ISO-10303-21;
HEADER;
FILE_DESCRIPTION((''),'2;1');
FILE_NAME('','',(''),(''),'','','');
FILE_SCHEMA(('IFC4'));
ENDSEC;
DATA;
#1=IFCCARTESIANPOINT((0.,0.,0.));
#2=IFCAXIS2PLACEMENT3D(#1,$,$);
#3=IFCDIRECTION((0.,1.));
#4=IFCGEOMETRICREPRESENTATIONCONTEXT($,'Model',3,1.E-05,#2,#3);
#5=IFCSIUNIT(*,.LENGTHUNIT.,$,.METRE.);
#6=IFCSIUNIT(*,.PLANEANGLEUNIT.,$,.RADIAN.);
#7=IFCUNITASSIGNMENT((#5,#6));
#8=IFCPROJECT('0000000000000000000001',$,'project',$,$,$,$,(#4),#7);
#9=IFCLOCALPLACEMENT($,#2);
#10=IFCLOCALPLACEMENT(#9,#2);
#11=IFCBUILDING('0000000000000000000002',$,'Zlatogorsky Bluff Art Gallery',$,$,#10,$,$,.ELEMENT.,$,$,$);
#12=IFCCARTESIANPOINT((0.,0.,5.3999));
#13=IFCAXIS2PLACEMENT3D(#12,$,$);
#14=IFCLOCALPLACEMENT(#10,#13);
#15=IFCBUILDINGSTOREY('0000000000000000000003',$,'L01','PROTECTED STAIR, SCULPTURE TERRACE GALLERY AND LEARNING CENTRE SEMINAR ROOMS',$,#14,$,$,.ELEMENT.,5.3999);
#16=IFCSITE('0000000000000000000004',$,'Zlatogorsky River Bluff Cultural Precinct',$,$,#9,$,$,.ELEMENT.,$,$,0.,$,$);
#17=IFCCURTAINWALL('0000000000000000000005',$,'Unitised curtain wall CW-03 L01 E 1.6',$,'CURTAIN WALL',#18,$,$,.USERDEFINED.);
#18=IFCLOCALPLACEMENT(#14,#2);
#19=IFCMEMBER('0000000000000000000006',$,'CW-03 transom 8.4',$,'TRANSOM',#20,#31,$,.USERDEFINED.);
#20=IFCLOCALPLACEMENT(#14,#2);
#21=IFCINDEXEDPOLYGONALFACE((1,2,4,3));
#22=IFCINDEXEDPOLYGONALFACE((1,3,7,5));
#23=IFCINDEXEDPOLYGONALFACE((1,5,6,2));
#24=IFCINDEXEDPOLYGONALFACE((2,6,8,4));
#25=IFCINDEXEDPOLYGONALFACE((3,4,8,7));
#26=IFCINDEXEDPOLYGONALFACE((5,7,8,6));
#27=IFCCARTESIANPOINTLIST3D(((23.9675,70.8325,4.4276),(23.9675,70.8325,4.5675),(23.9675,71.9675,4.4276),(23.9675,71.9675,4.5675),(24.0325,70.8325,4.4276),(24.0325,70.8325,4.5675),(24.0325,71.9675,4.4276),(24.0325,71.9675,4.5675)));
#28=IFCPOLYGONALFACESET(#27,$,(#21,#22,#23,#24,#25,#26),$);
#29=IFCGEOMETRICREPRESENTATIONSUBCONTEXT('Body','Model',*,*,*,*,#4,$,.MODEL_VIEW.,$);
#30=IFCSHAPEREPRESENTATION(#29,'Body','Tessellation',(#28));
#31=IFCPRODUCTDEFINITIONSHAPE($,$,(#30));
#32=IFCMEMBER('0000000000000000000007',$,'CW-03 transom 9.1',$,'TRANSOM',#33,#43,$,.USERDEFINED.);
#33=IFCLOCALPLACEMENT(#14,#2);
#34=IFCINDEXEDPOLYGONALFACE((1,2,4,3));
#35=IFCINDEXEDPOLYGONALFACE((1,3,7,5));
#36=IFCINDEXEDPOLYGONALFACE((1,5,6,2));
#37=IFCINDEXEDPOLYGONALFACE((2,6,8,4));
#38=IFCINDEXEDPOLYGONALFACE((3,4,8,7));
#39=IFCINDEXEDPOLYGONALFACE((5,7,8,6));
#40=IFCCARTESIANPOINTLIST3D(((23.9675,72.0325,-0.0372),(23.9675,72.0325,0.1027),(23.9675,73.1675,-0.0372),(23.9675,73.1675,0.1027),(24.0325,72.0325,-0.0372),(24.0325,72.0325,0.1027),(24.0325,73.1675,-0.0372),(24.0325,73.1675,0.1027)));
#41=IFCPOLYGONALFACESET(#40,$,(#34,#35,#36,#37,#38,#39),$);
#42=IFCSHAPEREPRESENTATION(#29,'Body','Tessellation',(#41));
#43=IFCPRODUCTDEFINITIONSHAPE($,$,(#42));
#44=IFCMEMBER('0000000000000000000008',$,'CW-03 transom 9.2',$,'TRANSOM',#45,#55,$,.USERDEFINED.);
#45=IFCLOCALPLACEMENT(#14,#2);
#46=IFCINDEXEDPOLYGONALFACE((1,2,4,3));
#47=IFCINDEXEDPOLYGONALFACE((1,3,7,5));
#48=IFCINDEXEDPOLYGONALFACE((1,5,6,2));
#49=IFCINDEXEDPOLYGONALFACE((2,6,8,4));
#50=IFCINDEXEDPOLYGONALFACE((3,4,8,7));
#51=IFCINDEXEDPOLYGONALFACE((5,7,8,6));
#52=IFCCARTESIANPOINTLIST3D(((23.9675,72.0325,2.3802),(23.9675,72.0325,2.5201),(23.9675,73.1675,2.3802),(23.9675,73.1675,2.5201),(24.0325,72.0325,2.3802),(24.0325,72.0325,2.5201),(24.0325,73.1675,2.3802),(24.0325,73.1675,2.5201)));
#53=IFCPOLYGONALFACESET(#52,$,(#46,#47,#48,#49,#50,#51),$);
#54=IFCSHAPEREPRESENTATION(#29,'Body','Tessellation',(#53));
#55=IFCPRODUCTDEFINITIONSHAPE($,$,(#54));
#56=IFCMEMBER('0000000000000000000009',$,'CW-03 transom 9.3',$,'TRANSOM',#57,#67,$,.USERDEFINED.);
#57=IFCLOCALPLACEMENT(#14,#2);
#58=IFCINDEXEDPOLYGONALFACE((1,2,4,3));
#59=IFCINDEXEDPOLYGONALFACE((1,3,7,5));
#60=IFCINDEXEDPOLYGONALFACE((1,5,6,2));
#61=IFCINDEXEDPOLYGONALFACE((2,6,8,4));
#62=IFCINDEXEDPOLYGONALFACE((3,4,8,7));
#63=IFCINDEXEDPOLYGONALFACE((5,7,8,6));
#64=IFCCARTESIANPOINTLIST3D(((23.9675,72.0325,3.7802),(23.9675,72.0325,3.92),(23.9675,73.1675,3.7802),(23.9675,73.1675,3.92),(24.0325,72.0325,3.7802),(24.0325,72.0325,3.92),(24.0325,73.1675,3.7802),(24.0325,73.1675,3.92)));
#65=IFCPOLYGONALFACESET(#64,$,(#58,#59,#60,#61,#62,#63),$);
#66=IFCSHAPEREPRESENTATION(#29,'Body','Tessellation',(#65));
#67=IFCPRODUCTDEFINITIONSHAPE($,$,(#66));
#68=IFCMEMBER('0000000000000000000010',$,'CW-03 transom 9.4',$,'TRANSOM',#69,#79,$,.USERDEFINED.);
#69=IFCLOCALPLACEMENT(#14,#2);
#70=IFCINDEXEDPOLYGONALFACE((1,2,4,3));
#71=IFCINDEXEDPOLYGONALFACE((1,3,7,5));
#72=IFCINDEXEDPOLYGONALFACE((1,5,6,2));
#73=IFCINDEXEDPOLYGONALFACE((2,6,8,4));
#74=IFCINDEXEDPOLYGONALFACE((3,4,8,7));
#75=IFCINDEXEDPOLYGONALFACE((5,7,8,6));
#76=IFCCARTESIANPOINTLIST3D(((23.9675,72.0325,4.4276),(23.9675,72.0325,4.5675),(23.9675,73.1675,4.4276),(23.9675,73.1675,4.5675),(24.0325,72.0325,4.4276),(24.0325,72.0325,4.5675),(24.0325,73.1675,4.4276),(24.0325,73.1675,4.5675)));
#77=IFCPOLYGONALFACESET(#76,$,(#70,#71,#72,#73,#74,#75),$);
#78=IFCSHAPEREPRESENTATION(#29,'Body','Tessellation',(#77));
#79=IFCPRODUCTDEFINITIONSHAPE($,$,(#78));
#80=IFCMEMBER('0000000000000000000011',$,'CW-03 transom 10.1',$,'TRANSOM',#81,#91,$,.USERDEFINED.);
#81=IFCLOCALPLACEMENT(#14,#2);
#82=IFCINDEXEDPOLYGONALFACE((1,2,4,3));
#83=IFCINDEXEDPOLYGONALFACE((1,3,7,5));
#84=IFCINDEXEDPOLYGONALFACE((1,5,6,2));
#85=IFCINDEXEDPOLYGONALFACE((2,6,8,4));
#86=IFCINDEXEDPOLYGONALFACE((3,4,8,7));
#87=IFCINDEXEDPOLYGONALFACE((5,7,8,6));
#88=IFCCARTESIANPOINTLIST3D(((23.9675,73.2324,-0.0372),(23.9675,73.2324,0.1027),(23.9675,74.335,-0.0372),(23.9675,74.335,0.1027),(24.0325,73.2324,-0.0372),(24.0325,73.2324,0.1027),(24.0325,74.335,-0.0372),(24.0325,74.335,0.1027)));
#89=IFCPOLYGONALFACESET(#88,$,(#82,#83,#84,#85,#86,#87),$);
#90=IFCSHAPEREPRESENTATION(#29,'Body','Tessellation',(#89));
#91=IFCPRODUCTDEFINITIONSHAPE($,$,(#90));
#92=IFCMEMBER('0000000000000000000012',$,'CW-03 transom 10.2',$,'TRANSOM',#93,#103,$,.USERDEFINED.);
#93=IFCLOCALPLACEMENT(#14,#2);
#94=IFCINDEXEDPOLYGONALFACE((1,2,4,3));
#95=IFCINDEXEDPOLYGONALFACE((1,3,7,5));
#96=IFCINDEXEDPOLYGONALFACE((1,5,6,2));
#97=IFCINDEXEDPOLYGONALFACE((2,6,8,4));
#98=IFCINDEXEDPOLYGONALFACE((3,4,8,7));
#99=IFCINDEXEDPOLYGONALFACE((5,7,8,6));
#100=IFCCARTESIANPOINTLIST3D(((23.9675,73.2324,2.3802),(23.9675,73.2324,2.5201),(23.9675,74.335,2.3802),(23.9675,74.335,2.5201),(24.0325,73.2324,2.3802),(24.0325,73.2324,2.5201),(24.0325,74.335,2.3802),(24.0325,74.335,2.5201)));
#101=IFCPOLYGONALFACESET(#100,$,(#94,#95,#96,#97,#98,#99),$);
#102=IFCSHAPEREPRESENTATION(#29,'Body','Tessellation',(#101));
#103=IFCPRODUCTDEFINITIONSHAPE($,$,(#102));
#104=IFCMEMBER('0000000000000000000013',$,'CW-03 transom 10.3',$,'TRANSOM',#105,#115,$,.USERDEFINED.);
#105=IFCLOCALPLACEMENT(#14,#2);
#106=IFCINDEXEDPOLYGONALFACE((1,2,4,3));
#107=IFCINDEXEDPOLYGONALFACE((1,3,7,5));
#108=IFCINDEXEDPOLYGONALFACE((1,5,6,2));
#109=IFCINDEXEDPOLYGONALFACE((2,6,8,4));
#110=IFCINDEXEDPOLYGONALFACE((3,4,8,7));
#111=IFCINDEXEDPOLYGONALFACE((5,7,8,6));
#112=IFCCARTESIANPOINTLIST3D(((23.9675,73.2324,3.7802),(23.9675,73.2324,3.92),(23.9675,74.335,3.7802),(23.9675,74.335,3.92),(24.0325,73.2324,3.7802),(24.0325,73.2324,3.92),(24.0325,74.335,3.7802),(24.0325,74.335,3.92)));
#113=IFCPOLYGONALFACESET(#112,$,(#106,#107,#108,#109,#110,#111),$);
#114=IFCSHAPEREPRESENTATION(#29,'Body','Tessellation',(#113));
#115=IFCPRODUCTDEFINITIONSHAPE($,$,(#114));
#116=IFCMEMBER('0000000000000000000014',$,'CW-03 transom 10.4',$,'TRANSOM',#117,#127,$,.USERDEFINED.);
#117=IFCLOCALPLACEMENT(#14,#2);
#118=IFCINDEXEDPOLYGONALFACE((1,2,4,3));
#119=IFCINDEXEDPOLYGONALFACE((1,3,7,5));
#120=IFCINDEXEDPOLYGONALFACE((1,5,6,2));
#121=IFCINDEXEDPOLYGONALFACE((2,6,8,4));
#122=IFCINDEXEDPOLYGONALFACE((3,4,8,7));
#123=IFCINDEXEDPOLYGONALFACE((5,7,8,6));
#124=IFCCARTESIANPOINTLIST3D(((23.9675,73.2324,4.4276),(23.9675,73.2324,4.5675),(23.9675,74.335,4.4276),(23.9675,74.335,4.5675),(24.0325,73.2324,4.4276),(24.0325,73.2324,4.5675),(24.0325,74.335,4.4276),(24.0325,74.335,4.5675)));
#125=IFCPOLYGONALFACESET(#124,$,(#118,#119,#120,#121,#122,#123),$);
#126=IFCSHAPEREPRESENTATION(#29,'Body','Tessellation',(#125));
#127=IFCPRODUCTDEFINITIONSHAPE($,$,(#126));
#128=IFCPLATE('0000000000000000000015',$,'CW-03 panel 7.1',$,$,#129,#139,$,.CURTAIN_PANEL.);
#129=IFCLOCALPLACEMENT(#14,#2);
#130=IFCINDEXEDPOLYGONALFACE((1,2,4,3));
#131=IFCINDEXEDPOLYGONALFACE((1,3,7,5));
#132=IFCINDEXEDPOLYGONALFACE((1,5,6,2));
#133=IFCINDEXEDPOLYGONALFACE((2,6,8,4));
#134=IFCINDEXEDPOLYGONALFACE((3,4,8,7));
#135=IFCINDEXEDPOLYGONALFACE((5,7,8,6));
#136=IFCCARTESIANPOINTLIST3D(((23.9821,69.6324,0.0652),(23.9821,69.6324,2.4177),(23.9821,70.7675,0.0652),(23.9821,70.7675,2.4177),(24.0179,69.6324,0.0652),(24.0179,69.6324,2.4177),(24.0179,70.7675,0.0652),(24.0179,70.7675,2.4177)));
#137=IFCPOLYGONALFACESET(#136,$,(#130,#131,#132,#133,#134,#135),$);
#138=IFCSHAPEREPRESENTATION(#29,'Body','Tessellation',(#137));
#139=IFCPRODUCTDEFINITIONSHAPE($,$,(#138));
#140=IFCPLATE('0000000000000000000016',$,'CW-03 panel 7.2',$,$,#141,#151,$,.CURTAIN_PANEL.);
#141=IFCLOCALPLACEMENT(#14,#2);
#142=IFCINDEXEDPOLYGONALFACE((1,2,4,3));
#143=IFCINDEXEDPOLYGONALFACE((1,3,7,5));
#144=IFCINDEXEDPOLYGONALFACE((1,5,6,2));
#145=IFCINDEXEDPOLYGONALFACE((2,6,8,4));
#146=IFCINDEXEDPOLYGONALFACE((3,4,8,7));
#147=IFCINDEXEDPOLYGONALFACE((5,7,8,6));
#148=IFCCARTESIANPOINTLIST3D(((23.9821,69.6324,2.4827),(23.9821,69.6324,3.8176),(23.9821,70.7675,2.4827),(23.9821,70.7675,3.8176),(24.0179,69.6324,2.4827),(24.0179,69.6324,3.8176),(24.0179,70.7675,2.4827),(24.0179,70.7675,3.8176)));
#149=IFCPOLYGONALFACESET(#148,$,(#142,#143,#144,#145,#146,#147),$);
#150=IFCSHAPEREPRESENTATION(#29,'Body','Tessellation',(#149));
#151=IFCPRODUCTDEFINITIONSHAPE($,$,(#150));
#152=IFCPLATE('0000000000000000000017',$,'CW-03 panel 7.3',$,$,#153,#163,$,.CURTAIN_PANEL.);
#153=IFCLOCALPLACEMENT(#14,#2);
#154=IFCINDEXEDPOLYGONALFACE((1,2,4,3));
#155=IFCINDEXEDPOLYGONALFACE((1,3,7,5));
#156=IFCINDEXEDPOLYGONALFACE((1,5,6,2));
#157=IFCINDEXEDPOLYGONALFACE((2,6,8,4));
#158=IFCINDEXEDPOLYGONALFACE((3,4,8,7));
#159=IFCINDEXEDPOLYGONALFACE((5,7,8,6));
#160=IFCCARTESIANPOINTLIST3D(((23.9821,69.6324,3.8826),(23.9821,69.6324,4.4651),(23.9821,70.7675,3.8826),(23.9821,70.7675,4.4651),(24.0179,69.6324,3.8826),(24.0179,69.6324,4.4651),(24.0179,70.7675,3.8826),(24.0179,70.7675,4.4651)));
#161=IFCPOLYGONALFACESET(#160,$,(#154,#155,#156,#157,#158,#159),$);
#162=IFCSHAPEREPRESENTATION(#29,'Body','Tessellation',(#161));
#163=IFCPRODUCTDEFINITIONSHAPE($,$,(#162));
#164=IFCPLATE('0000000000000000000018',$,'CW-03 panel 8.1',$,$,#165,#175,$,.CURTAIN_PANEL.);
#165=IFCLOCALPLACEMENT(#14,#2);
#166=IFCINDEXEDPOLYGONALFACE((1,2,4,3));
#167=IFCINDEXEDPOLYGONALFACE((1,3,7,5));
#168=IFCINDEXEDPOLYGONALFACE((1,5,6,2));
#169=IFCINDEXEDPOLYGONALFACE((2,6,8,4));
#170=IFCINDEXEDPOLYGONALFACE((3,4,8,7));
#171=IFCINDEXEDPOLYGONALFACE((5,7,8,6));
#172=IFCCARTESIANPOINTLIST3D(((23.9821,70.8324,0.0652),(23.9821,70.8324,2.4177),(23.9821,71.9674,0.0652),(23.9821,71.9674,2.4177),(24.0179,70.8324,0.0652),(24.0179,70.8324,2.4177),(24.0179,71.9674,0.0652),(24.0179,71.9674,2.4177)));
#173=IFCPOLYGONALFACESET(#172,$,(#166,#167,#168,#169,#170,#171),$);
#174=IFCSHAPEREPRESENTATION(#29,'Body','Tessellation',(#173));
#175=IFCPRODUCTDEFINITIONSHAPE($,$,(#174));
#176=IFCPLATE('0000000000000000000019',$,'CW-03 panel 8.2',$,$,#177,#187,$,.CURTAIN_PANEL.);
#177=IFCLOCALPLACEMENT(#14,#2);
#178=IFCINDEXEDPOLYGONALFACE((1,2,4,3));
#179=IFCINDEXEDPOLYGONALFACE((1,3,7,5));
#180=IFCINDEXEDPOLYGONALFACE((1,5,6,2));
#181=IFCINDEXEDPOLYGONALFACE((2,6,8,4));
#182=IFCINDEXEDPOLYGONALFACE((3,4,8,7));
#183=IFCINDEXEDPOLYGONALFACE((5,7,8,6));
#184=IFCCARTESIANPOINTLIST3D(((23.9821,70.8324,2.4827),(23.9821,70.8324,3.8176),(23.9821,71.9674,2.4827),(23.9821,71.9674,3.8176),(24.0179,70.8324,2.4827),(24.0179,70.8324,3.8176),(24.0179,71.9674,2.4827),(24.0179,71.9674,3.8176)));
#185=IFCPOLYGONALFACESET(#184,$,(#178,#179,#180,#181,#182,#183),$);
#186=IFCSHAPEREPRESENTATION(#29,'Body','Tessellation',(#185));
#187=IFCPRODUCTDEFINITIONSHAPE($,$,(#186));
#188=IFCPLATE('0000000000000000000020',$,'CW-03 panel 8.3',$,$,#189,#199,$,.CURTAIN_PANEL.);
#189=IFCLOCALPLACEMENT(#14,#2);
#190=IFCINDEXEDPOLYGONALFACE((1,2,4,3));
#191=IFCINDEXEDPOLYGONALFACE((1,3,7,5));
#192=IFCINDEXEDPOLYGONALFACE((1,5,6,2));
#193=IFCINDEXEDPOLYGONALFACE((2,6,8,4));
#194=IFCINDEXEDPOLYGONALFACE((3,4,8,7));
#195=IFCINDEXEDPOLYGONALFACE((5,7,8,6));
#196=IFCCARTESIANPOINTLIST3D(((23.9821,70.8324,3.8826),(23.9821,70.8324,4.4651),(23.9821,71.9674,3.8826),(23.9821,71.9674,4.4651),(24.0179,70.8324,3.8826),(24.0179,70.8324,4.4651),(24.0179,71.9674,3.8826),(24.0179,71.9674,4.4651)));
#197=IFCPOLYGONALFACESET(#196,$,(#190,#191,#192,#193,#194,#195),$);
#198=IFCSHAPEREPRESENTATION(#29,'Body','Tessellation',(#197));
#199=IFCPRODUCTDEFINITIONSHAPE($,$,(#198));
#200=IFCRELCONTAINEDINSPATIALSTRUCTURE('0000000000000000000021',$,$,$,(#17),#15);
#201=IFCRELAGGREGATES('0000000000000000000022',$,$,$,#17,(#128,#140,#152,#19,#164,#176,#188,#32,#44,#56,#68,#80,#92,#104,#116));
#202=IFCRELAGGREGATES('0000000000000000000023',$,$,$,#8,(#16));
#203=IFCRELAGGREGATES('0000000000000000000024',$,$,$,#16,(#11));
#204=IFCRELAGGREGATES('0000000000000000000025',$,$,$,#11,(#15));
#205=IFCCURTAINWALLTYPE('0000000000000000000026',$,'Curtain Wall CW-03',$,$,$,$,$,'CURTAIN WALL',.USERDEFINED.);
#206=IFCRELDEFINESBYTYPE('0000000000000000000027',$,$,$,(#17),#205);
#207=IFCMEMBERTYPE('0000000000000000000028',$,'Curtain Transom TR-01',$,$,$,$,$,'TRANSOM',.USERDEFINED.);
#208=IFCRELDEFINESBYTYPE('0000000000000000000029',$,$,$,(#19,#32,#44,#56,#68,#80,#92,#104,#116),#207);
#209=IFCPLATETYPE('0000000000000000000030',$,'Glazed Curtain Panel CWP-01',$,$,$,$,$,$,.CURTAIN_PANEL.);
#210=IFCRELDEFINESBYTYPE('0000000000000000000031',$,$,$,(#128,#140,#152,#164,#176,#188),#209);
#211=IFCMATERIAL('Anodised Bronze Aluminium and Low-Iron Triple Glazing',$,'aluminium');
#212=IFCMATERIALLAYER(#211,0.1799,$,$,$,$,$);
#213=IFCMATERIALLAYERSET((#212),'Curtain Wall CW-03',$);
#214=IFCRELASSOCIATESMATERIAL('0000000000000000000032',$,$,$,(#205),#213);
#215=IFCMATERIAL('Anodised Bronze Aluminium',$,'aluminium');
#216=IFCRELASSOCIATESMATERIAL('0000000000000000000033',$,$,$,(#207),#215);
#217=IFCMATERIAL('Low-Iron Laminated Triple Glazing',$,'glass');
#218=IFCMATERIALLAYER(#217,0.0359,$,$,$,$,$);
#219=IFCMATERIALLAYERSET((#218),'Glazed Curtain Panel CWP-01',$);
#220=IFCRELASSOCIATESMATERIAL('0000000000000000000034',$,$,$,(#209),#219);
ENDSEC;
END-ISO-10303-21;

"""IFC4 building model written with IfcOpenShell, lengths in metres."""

from ifc_helpers import new_model, si_unit, direction, frame, origin, origin_2d, place, context, subcontext, project, spatial, rectangle, extrude, material, layer, layer_set, material_profile, profile_set, type_object, element, aggregate, save


model = new_model("IFC4")

# Units and contexts
model_context = context("Model", 3, precision=1e-05, world=origin(), true_north=direction((0.0, 1.0)))
body_context = subcontext(model_context, "Body", "Model", "MODEL_VIEW")
ifc_project = project(units=[si_unit("LENGTHUNIT", "METRE"), si_unit("PLANEANGLEUNIT", "RADIAN")], contexts=[model_context])

# Site, building, storey
site_placement = place(None, origin())
site = spatial("IfcSite", under=ifc_project, at=site_placement, Name="Zlatogorsky River Bluff Cultural Precinct", CompositionType="ELEMENT", RefElevation=0.0)
building_placement = place(site_placement, origin())
building = spatial("IfcBuilding", under=site, at=building_placement, Name="Zlatogorsky Bluff Art Gallery", CompositionType="ELEMENT")
storey_placement = place(building_placement, frame((0.0, 0.0, 5.3999)))
storey = spatial("IfcBuildingStorey", under=building, at=storey_placement, Name="L01", Description="PROTECTED STAIR, SCULPTURE TERRACE GALLERY AND LEARNING CENTRE SEMINAR ROOMS", CompositionType="ELEMENT", Elevation=5.3999)

# Curtain wall, members, plates
ifc_material_1 = material(Name="Anodised Bronze Aluminium and Low-Iron Triple Glazing", Category="aluminium")
ifc_layer_1 = layer(ifc_material_1, 0.1799)
ifc_layer_set_1 = layer_set([ifc_layer_1], Name="Curtain Wall CW-03")
curtain_wall_type = type_object("IfcCurtainWallType", Name="Curtain Wall CW-03", ElementType="CURTAIN WALL", PredefinedType="USERDEFINED", material=ifc_layer_set_1)
curtain_wall_placement = place(storey_placement, origin())
curtain_wall = element("IfcCurtainWall", 1, at=curtain_wall_placement, inside=storey, type_object=curtain_wall_type, Name="Unitised curtain wall CW-03 L01 E 1.6", ObjectType="CURTAIN WALL", PredefinedType="USERDEFINED")
ifc_material_2 = material(Name="Anodised Bronze Aluminium", Category="aluminium")
ifc_material_profile_1 = material_profile(ifc_material_2, rectangle(XDim=0.0649, YDim=0.1399, at=origin_2d()), Name="ALU TRANSOM 65x140")
ifc_profile_set_1 = profile_set([ifc_material_profile_1], Name="Anodised Bronze Aluminium")
member_type_1 = type_object("IfcMemberType", Name="Curtain Transom TR-01", ElementType="TRANSOM", PredefinedType="USERDEFINED", material=ifc_profile_set_1)
member_1_placement = place(storey_placement, frame((24.0, 70.8325, 4.4976), z_axis=(0.0, 1.0, 0.0), x_axis=(-1.0, 0.0, 0.0)))
member_1 = element("IfcMember", 2, at=member_1_placement, type_object=member_type_1, Name="CW-03 transom 8.4", ObjectType="TRANSOM", PredefinedType="USERDEFINED", context=body_context, shape_type="SweptSolid", body=[
    extrude(rectangle(XDim=0.0649, YDim=0.1399, at=origin_2d()), origin(), (0.0, 0.0, 1.0), 1.135),
])
member_2_placement = place(storey_placement, frame((24.0, 72.0325, 0.0327), z_axis=(0.0, 1.0, 0.0), x_axis=(-1.0, 0.0, 0.0)))
member_2 = element("IfcMember", 3, at=member_2_placement, type_object=member_type_1, Name="CW-03 transom 9.1", ObjectType="TRANSOM", PredefinedType="USERDEFINED", context=body_context, shape_type="SweptSolid", body=[
    extrude(rectangle(XDim=0.0649, YDim=0.1399, at=origin_2d()), origin(), (0.0, 0.0, 1.0), 1.135),
])
member_3_placement = place(storey_placement, frame((24.0, 72.0325, 2.4502), z_axis=(0.0, 1.0, 0.0), x_axis=(-1.0, 0.0, 0.0)))
member_3 = element("IfcMember", 4, at=member_3_placement, type_object=member_type_1, Name="CW-03 transom 9.2", ObjectType="TRANSOM", PredefinedType="USERDEFINED", context=body_context, shape_type="SweptSolid", body=[
    extrude(rectangle(XDim=0.0649, YDim=0.1399, at=origin_2d()), origin(), (0.0, 0.0, 1.0), 1.135),
])
member_4_placement = place(storey_placement, frame((24.0, 72.0325, 3.8501), z_axis=(0.0, 1.0, 0.0), x_axis=(-1.0, 0.0, 0.0)))
member_4 = element("IfcMember", 5, at=member_4_placement, type_object=member_type_1, Name="CW-03 transom 9.3", ObjectType="TRANSOM", PredefinedType="USERDEFINED", context=body_context, shape_type="SweptSolid", body=[
    extrude(rectangle(XDim=0.0649, YDim=0.1399, at=origin_2d()), origin(), (0.0, 0.0, 1.0), 1.135),
])
member_5_placement = place(storey_placement, frame((24.0, 72.0325, 4.4976), z_axis=(0.0, 1.0, 0.0), x_axis=(-1.0, 0.0, 0.0)))
member_5 = element("IfcMember", 6, at=member_5_placement, type_object=member_type_1, Name="CW-03 transom 9.4", ObjectType="TRANSOM", PredefinedType="USERDEFINED", context=body_context, shape_type="SweptSolid", body=[
    extrude(rectangle(XDim=0.0649, YDim=0.1399, at=origin_2d()), origin(), (0.0, 0.0, 1.0), 1.135),
])
member_6_placement = place(storey_placement, frame((24.0, 73.2324, 0.0327), z_axis=(0.0, 1.0, 0.0), x_axis=(-1.0, 0.0, 0.0)))
member_6 = element("IfcMember", 7, at=member_6_placement, type_object=member_type_1, Name="CW-03 transom 10.1", ObjectType="TRANSOM", PredefinedType="USERDEFINED", context=body_context, shape_type="SweptSolid", body=[
    extrude(rectangle(XDim=0.0649, YDim=0.1399, at=origin_2d()), origin(), (0.0, 0.0, 1.0), 1.1025),
])
member_7_placement = place(storey_placement, frame((24.0, 73.2324, 2.4502), z_axis=(0.0, 1.0, 0.0), x_axis=(-1.0, 0.0, 0.0)))
member_7 = element("IfcMember", 8, at=member_7_placement, type_object=member_type_1, Name="CW-03 transom 10.2", ObjectType="TRANSOM", PredefinedType="USERDEFINED", context=body_context, shape_type="SweptSolid", body=[
    extrude(rectangle(XDim=0.0649, YDim=0.1399, at=origin_2d()), origin(), (0.0, 0.0, 1.0), 1.1025),
])
member_8_placement = place(storey_placement, frame((24.0, 73.2324, 3.8501), z_axis=(0.0, 1.0, 0.0), x_axis=(-1.0, 0.0, 0.0)))
member_8 = element("IfcMember", 9, at=member_8_placement, type_object=member_type_1, Name="CW-03 transom 10.3", ObjectType="TRANSOM", PredefinedType="USERDEFINED", context=body_context, shape_type="SweptSolid", body=[
    extrude(rectangle(XDim=0.0649, YDim=0.1399, at=origin_2d()), origin(), (0.0, 0.0, 1.0), 1.1025),
])
member_9_placement = place(storey_placement, frame((24.0, 73.2324, 4.4976), z_axis=(0.0, 1.0, 0.0), x_axis=(-1.0, 0.0, 0.0)))
member_9 = element("IfcMember", 10, at=member_9_placement, type_object=member_type_1, Name="CW-03 transom 10.4", ObjectType="TRANSOM", PredefinedType="USERDEFINED", context=body_context, shape_type="SweptSolid", body=[
    extrude(rectangle(XDim=0.0649, YDim=0.1399, at=origin_2d()), origin(), (0.0, 0.0, 1.0), 1.1025),
])
ifc_material_3 = material(Name="Low-Iron Laminated Triple Glazing", Category="glass")
ifc_layer_2 = layer(ifc_material_3, 0.0359)
ifc_layer_set_2 = layer_set([ifc_layer_2], Name="Glazed Curtain Panel CWP-01")
plate_type = type_object("IfcPlateType", Name="Glazed Curtain Panel CWP-01", PredefinedType="CURTAIN_PANEL", material=ifc_layer_set_2)
plate_1_placement = place(storey_placement, frame((24.0, 70.2, 0.0652), z_axis=(0.0, 0.0, 1.0), x_axis=(0.0, 1.0, 0.0)))
plate_1 = element("IfcPlate", 11, at=plate_1_placement, type_object=plate_type, Name="CW-03 panel 7.1", PredefinedType="CURTAIN_PANEL", context=body_context, shape_type="SweptSolid", body=[
    extrude(rectangle(XDim=1.135, YDim=0.0359, at=origin_2d()), origin(), (0.0, 0.0, 1.0), 2.3525),
])
plate_2_placement = place(storey_placement, frame((24.0, 70.2, 2.4827), z_axis=(0.0, 0.0, 1.0), x_axis=(0.0, 1.0, 0.0)))
plate_2 = element("IfcPlate", 12, at=plate_2_placement, type_object=plate_type, Name="CW-03 panel 7.2", PredefinedType="CURTAIN_PANEL", context=body_context, shape_type="SweptSolid", body=[
    extrude(rectangle(XDim=1.135, YDim=0.0359, at=origin_2d()), origin(), (0.0, 0.0, 1.0), 1.335),
])
plate_3_placement = place(storey_placement, frame((24.0, 70.2, 3.8826), z_axis=(0.0, 0.0, 1.0), x_axis=(0.0, 1.0, 0.0)))
plate_3 = element("IfcPlate", 13, at=plate_3_placement, type_object=plate_type, Name="CW-03 panel 7.3", PredefinedType="CURTAIN_PANEL", context=body_context, shape_type="SweptSolid", body=[
    extrude(rectangle(XDim=1.135, YDim=0.0359, at=origin_2d()), origin(), (0.0, 0.0, 1.0), 0.5825),
])
plate_4_placement = place(storey_placement, frame((24.0, 71.3999, 0.0652), z_axis=(0.0, 0.0, 1.0), x_axis=(0.0, 1.0, 0.0)))
plate_4 = element("IfcPlate", 14, at=plate_4_placement, type_object=plate_type, Name="CW-03 panel 8.1", PredefinedType="CURTAIN_PANEL", context=body_context, shape_type="SweptSolid", body=[
    extrude(rectangle(XDim=1.135, YDim=0.0359, at=origin_2d()), origin(), (0.0, 0.0, 1.0), 2.3525),
])
plate_5_placement = place(storey_placement, frame((24.0, 71.3999, 2.4827), z_axis=(0.0, 0.0, 1.0), x_axis=(0.0, 1.0, 0.0)))
plate_5 = element("IfcPlate", 15, at=plate_5_placement, type_object=plate_type, Name="CW-03 panel 8.2", PredefinedType="CURTAIN_PANEL", context=body_context, shape_type="SweptSolid", body=[
    extrude(rectangle(XDim=1.135, YDim=0.0359, at=origin_2d()), origin(), (0.0, 0.0, 1.0), 1.335),
])
plate_6_placement = place(storey_placement, frame((24.0, 71.3999, 3.8826), z_axis=(0.0, 0.0, 1.0), x_axis=(0.0, 1.0, 0.0)))
plate_6 = element("IfcPlate", 16, at=plate_6_placement, type_object=plate_type, Name="CW-03 panel 8.3", PredefinedType="CURTAIN_PANEL", context=body_context, shape_type="SweptSolid", body=[
    extrude(rectangle(XDim=1.135, YDim=0.0359, at=origin_2d()), origin(), (0.0, 0.0, 1.0), 0.5825),
])
aggregate(curtain_wall, [plate_1, plate_2, plate_3, member_1, plate_4, plate_5, plate_6, member_2, member_3, member_4, member_5, member_6, member_7, member_8, member_9])

save(model, "model.ifc")
